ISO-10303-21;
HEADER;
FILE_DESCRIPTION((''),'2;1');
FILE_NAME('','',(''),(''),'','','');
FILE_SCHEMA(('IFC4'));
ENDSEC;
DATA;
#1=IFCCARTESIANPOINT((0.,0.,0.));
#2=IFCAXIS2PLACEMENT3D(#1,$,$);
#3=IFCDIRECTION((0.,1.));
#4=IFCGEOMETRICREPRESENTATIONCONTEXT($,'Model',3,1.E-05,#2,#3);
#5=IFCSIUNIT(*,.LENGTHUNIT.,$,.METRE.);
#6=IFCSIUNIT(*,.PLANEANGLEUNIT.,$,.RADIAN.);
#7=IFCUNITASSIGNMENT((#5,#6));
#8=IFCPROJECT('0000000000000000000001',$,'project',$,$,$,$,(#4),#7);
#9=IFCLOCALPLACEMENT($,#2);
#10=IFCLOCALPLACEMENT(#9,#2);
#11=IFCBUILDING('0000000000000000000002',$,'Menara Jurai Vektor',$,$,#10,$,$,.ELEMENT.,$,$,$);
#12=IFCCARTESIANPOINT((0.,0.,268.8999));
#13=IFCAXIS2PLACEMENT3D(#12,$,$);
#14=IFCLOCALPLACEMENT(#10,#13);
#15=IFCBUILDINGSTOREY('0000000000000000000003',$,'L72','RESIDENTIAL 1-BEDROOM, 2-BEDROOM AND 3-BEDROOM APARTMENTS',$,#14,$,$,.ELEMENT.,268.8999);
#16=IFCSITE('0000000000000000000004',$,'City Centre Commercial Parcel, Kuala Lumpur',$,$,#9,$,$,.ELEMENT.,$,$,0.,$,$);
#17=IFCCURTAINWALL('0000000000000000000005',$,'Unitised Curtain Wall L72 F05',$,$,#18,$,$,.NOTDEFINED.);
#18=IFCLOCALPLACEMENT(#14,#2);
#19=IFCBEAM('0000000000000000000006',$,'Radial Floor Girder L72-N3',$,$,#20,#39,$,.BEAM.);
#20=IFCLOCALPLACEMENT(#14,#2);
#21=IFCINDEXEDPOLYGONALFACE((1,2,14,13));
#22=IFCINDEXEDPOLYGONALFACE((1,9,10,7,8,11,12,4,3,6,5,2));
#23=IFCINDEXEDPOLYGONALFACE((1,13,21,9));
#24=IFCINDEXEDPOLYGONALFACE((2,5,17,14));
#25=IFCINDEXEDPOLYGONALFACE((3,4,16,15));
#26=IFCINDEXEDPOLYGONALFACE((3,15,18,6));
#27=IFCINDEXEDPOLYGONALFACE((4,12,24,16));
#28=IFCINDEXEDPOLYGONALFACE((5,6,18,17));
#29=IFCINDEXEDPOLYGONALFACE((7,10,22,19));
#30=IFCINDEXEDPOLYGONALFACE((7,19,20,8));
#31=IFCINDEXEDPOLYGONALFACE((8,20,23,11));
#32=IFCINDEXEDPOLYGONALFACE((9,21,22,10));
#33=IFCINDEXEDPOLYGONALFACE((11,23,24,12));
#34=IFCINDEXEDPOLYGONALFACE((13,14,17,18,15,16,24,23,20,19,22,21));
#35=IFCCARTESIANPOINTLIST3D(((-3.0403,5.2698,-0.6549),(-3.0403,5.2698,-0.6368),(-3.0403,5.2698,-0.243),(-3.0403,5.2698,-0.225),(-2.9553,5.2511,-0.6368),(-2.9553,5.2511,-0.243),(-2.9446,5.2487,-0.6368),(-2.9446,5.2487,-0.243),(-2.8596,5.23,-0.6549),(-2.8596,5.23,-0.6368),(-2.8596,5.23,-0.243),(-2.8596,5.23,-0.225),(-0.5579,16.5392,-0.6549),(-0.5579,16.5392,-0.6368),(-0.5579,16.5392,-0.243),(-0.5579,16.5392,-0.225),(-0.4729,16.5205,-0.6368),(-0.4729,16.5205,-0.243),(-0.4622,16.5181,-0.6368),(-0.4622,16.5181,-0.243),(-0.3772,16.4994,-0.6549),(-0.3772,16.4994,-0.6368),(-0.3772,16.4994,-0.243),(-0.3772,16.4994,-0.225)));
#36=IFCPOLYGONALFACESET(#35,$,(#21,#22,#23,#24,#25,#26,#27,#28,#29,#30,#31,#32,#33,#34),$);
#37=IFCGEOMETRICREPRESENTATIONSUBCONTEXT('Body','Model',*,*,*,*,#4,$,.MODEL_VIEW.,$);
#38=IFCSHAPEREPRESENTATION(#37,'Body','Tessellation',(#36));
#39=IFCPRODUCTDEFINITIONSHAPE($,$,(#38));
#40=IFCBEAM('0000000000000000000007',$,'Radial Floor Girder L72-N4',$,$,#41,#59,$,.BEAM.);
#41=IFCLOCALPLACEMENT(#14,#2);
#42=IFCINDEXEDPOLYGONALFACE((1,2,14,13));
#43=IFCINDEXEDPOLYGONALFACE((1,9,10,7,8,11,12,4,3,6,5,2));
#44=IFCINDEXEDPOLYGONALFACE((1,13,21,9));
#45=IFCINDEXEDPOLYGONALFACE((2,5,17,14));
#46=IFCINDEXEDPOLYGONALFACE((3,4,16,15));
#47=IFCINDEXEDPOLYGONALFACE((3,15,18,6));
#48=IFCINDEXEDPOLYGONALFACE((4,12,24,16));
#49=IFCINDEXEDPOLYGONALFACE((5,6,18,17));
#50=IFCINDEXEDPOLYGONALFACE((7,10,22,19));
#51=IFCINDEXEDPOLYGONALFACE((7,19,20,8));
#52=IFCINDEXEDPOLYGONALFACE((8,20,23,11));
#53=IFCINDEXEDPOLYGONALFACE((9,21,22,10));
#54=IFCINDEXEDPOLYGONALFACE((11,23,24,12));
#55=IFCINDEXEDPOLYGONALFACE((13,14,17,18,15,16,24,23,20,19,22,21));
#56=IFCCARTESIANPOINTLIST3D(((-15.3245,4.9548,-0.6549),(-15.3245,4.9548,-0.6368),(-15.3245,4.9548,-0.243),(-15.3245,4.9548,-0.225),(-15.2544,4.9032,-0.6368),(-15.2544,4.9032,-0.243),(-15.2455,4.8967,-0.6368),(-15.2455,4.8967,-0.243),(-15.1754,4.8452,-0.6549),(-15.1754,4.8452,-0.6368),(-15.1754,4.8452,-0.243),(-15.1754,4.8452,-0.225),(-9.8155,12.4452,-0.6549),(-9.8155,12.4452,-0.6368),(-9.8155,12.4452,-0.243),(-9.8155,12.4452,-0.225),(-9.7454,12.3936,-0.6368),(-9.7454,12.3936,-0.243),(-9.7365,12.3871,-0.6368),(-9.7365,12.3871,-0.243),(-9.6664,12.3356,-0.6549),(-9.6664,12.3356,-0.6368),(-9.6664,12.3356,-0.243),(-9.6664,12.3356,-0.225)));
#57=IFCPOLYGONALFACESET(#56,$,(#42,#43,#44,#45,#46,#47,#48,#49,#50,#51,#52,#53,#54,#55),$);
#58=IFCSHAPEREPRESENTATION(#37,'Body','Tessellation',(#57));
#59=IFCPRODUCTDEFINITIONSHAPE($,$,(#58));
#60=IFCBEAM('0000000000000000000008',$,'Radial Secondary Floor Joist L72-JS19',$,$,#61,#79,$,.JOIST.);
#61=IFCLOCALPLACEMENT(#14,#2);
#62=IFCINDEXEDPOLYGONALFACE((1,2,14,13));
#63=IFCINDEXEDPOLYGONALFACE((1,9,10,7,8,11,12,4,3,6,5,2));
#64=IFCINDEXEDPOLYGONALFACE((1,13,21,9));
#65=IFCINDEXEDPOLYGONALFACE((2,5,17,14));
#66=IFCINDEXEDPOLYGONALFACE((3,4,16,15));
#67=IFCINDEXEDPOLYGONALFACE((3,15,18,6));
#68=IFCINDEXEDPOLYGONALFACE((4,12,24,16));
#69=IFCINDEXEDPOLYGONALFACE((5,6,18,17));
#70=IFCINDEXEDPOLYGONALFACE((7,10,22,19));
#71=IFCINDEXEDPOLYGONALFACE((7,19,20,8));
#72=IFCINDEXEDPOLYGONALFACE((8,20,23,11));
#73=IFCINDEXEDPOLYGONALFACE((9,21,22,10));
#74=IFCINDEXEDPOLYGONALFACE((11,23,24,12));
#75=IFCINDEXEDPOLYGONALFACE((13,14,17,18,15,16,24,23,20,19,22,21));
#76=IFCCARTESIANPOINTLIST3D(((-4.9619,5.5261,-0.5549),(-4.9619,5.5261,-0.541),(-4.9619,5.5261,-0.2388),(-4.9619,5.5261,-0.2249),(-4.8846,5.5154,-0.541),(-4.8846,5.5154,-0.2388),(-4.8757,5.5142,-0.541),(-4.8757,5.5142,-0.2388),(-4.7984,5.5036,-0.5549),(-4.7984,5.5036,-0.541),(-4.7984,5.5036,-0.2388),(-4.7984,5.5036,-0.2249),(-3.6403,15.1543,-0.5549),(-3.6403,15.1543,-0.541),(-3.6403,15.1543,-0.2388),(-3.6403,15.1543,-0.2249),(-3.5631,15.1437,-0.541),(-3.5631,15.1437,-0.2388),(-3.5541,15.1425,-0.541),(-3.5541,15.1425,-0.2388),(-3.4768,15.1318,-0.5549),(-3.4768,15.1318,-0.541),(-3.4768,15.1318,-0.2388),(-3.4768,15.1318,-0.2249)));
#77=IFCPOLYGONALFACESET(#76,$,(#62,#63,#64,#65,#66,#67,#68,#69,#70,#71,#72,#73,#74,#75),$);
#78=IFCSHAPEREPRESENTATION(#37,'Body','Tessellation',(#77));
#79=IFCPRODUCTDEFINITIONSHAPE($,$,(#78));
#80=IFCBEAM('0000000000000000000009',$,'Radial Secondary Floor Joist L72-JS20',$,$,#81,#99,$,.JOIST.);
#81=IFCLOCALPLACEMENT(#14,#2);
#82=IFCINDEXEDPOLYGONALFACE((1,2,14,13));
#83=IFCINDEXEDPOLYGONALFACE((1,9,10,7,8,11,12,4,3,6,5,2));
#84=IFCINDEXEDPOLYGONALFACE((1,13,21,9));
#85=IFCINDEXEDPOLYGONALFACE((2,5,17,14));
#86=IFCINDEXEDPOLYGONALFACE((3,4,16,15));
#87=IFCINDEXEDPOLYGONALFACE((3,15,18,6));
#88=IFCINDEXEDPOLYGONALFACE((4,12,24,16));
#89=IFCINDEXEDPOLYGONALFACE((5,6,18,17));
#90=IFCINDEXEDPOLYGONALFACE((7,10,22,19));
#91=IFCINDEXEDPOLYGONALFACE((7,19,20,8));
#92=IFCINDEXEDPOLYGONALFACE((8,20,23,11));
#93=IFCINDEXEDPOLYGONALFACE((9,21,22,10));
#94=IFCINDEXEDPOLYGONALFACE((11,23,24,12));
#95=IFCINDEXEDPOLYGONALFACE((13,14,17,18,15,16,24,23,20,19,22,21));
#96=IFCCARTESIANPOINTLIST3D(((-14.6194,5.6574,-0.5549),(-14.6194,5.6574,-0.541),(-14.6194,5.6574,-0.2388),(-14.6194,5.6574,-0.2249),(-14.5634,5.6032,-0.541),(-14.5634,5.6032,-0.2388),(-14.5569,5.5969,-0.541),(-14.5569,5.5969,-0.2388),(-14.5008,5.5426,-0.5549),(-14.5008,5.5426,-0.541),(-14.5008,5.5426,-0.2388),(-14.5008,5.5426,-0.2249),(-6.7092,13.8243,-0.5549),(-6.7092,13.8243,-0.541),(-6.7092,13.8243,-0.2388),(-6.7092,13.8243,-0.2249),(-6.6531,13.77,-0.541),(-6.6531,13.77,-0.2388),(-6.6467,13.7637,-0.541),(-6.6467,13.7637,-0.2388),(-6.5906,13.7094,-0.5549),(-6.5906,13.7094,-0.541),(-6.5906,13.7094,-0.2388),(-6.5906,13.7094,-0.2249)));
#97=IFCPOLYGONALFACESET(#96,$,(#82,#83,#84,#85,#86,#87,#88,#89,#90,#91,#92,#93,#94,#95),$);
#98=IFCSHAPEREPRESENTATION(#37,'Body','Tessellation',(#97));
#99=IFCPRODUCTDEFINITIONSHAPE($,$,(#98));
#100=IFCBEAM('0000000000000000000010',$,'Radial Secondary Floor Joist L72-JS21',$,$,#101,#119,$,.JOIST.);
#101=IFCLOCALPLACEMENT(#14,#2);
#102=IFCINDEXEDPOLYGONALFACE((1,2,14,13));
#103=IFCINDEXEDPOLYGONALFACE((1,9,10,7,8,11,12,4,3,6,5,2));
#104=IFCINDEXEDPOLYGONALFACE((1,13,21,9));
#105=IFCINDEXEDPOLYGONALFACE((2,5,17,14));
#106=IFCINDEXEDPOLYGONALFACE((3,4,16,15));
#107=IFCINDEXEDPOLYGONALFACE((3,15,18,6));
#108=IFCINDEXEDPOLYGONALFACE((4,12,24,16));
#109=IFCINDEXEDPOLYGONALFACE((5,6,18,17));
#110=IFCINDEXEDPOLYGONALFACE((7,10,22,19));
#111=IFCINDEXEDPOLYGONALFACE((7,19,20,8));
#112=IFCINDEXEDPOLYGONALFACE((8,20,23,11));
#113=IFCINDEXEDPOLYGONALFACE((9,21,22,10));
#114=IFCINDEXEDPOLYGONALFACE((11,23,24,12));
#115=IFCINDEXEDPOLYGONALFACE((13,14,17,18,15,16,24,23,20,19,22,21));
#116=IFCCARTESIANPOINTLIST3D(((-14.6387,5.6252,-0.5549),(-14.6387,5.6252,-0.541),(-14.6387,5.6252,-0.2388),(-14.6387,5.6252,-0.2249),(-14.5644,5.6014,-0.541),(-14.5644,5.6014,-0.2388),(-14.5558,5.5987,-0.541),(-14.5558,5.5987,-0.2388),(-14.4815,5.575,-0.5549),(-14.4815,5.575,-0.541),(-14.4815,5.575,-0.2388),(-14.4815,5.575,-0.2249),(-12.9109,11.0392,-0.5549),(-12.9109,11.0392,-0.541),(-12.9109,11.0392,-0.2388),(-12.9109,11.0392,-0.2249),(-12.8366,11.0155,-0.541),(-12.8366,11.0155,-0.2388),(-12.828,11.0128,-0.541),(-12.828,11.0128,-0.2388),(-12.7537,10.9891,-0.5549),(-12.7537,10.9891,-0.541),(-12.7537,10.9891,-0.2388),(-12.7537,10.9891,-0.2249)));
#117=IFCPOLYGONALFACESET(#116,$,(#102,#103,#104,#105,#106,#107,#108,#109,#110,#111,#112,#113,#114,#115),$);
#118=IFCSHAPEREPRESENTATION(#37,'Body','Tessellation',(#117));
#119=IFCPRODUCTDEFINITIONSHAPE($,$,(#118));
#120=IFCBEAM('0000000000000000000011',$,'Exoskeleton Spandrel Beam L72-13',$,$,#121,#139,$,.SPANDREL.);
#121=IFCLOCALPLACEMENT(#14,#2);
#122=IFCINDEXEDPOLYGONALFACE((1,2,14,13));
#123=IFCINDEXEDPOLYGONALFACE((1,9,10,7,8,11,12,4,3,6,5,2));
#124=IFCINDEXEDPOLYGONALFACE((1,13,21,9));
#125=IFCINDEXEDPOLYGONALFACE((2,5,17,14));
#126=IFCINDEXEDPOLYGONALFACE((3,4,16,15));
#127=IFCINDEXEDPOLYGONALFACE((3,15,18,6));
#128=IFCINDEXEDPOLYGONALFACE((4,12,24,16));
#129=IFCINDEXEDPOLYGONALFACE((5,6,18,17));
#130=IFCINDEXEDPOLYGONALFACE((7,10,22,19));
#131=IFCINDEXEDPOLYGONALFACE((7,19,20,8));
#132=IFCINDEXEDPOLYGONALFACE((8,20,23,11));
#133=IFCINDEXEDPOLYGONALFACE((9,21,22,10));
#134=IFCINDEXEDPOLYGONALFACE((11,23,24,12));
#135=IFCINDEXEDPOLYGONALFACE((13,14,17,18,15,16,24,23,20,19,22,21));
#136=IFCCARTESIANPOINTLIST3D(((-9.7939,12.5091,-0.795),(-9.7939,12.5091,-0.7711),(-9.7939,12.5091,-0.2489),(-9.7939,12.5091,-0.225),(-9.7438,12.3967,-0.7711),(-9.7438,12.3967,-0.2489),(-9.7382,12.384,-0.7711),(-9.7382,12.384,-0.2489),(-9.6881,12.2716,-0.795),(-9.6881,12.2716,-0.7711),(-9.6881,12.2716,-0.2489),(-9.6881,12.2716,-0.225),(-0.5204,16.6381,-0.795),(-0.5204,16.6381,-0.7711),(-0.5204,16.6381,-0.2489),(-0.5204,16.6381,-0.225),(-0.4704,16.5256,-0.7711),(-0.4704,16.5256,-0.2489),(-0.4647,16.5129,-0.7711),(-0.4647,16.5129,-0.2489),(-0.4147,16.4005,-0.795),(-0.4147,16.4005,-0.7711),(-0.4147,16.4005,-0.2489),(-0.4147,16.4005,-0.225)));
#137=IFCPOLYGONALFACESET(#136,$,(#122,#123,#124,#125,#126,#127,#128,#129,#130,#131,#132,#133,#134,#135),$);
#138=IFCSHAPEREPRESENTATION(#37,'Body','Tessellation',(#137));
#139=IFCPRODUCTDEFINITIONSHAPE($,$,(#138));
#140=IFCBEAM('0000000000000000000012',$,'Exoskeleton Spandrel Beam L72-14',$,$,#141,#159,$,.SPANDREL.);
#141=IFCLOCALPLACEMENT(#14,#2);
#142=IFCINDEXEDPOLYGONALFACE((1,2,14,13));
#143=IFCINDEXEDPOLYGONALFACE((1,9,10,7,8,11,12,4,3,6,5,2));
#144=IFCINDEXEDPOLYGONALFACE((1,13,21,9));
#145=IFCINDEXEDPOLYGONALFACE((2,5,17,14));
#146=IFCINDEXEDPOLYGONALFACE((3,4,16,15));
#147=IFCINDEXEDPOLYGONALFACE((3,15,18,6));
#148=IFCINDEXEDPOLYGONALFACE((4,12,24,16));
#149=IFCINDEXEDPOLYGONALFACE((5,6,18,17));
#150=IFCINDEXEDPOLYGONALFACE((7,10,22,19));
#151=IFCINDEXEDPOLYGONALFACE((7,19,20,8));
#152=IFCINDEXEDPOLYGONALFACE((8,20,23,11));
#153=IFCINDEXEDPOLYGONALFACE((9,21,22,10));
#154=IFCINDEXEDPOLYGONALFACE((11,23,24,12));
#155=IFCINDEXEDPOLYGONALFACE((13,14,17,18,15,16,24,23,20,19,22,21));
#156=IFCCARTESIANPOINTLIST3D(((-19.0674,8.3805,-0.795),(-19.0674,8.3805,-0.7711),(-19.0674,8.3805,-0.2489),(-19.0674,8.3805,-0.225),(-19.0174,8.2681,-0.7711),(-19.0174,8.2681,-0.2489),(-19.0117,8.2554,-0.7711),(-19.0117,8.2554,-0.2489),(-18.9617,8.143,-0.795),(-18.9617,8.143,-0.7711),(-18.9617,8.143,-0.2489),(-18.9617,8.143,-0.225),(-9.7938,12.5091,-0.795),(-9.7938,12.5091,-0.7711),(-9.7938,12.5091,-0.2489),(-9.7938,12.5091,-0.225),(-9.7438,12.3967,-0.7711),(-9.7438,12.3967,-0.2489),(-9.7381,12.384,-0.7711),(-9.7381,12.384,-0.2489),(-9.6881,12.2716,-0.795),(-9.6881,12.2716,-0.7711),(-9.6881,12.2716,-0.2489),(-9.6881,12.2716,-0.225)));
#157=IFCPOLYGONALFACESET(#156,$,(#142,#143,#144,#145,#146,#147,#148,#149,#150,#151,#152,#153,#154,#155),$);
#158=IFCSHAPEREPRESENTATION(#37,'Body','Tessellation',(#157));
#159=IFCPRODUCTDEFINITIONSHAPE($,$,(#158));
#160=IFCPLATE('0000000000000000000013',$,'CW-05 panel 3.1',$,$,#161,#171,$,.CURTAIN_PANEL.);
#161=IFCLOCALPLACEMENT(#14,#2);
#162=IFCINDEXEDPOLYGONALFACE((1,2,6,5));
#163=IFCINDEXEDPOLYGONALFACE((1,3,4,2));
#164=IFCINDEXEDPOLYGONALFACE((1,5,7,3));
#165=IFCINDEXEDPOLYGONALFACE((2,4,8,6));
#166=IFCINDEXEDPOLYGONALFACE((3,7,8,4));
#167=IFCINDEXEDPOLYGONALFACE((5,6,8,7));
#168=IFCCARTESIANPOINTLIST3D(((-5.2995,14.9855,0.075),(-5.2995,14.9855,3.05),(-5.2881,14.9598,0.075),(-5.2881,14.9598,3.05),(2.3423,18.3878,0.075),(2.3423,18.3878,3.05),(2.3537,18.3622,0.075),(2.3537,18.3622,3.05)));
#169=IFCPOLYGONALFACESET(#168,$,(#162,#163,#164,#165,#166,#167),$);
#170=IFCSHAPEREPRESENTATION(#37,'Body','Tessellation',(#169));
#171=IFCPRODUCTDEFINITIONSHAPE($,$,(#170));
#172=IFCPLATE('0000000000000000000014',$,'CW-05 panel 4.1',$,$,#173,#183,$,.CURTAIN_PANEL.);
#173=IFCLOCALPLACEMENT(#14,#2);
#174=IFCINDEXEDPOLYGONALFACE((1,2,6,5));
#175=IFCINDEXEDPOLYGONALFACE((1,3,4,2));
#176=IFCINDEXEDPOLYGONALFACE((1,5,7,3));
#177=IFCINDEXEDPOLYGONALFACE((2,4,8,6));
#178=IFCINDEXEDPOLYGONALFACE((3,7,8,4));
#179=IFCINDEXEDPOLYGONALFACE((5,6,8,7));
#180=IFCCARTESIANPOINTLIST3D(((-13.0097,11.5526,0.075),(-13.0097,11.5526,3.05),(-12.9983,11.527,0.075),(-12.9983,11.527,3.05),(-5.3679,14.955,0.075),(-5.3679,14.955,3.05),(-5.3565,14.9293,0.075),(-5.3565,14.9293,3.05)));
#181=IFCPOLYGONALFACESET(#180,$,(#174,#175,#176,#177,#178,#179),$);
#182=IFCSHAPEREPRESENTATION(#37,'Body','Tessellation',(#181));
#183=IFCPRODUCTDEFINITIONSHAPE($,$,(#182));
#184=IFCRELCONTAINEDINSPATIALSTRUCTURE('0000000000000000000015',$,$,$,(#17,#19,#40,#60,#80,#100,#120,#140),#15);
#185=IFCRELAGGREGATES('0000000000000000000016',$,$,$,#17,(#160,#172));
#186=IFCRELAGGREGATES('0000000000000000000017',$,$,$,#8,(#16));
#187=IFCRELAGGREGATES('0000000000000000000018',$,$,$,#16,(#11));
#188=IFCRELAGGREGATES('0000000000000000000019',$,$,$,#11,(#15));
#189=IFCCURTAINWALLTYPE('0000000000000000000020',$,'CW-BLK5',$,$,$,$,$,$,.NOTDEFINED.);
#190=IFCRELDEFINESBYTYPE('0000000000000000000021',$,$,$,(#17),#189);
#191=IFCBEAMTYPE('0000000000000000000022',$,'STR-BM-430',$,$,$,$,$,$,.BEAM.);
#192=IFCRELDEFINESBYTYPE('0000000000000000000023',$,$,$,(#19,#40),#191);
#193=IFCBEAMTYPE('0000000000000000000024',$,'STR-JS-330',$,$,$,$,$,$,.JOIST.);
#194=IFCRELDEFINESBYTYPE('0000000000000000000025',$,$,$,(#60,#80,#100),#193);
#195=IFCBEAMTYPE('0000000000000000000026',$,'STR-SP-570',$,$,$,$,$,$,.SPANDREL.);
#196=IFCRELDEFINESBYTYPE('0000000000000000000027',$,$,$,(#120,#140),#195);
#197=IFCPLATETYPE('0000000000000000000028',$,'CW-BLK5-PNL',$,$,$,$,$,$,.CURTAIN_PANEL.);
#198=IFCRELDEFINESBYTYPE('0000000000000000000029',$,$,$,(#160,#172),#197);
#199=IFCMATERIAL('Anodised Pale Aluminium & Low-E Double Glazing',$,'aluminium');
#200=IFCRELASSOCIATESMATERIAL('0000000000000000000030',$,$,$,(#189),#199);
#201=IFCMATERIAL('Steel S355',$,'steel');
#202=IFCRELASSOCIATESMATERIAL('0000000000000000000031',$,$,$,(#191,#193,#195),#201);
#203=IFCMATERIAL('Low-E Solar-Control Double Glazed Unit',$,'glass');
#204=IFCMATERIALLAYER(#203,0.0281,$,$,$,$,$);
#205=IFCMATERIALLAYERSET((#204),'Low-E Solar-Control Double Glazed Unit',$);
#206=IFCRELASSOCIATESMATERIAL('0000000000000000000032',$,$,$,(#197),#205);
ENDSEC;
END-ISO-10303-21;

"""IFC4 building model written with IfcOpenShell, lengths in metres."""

from ifc_helpers import new_model, si_unit, direction, frame, origin, origin_2d, place, context, subcontext, project, spatial, rectangle, i_section, extrude, material, layer, layer_set, material_profile, profile_set, type_object, element, aggregate, save


model = new_model("IFC4")

# Units and contexts
model_context = context("Model", 3, precision=1e-05, world=origin(), true_north=direction((0.0, 1.0)))
body_context = subcontext(model_context, "Body", "Model", "MODEL_VIEW")
ifc_project = project(units=[si_unit("LENGTHUNIT", "METRE"), si_unit("PLANEANGLEUNIT", "RADIAN")], contexts=[model_context])

# Site, building, storey
site_placement = place(None, origin())
site = spatial("IfcSite", under=ifc_project, at=site_placement, Name="City Centre Commercial Parcel, Kuala Lumpur", CompositionType="ELEMENT", RefElevation=0.0)
building_placement = place(site_placement, origin())
building = spatial("IfcBuilding", under=site, at=building_placement, Name="Menara Jurai Vektor", CompositionType="ELEMENT")
storey_placement = place(building_placement, frame((0.0, 0.0, 268.8999)))
storey = spatial("IfcBuildingStorey", under=building, at=storey_placement, Name="L72", Description="RESIDENTIAL 1-BEDROOM, 2-BEDROOM AND 3-BEDROOM APARTMENTS", CompositionType="ELEMENT", Elevation=268.8999)

# Shared definitions
ifc_material_1 = material(Name="Steel S355", Category="steel")

# Curtain wall
ifc_material_2 = material(Name="Anodised Pale Aluminium & Low-E Double Glazing", Category="aluminium")
curtain_wall_type = type_object("IfcCurtainWallType", Name="CW-BLK5", PredefinedType="NOTDEFINED", material=ifc_material_2)
curtain_wall_placement = place(storey_placement, origin())
curtain_wall = element("IfcCurtainWall", 1, at=curtain_wall_placement, inside=storey, type_object=curtain_wall_type, Name="Unitised Curtain Wall L72 F05", PredefinedType="NOTDEFINED")

# Beams
ifc_material_profile_1 = material_profile(ifc_material_1, i_section(OverallWidth=0.1851, OverallDepth=0.4299, WebThickness=0.011, FlangeThickness=0.0181, at=origin_2d()), Name="PG 430x185x76")
ifc_profile_set_1 = profile_set([ifc_material_profile_1], Name="Steel S355")
beam_type_1 = type_object("IfcBeamType", Name="STR-BM-430", PredefinedType="BEAM", material=ifc_profile_set_1)
beam_1_placement = place(storey_placement, frame((-0.4675, 16.5193, -0.4399), z_axis=(-0.215125, -0.976587, 0.0), x_axis=(0.976587, -0.215125, 0.0)))
element("IfcBeam", 2, at=beam_1_placement, inside=storey, type_object=beam_type_1, Name="Radial Floor Girder L72-N3", PredefinedType="BEAM", context=body_context, shape_type="SweptSolid", body=[
    extrude(i_section(OverallWidth=0.1851, OverallDepth=0.4299, WebThickness=0.011, FlangeThickness=0.0181, at=origin_2d()), origin(), (0.0, 0.0, 1.0), 11.5396),
])
beam_2_placement = place(storey_placement, frame((-9.741, 12.3904, -0.4399), z_axis=(-0.592483, -0.805583, 0.0), x_axis=(0.805583, -0.592483, 0.0)))
element("IfcBeam", 3, at=beam_2_placement, inside=storey, type_object=beam_type_1, Name="Radial Floor Girder L72-N4", PredefinedType="BEAM", context=body_context, shape_type="SweptSolid", body=[
    extrude(i_section(OverallWidth=0.1851, OverallDepth=0.4299, WebThickness=0.011, FlangeThickness=0.0181, at=origin_2d()), origin(), (0.0, 0.0, 1.0), 9.2981),
])
ifc_material_profile_2 = material_profile(ifc_material_1, i_section(OverallWidth=0.165, OverallDepth=0.3301, WebThickness=0.009, FlangeThickness=0.0139, at=origin_2d()), Name="PG 330x165x46")
ifc_profile_set_2 = profile_set([ifc_material_profile_2], Name="Steel S355")
beam_type_2 = type_object("IfcBeamType", Name="STR-JS-330", PredefinedType="JOIST", material=ifc_profile_set_2)
beam_3_placement = place(storey_placement, frame((-3.5586, 15.1431, -0.3899), z_axis=(-0.135982, -0.990711, 0.0), x_axis=(0.990711, -0.135982, 0.0)))
element("IfcBeam", 4, at=beam_3_placement, inside=storey, type_object=beam_type_2, Name="Radial Secondary Floor Joist L72-JS19", PredefinedType="JOIST", context=body_context, shape_type="SweptSolid", body=[
    extrude(i_section(OverallWidth=0.165, OverallDepth=0.3301, WebThickness=0.009, FlangeThickness=0.0139, at=origin_2d()), origin(), (0.0, 0.0, 1.0), 9.7185),
])
beam_4_placement = place(storey_placement, frame((-6.6499, 13.7668, -0.3899), z_axis=(-0.695733, -0.718301, 0.0), x_axis=(0.718301, -0.695733, 0.0)))
element("IfcBeam", 5, at=beam_4_placement, inside=storey, type_object=beam_type_2, Name="Radial Secondary Floor Joist L72-JS20", PredefinedType="JOIST", context=body_context, shape_type="SweptSolid", body=[
    extrude(i_section(OverallWidth=0.165, OverallDepth=0.3301, WebThickness=0.009, FlangeThickness=0.0139, at=origin_2d()), origin(), (0.0, 0.0, 1.0), 11.3696),
])
beam_5_placement = place(storey_placement, frame((-12.8323, 11.0142, -0.3899), z_axis=(-0.304023, -0.952665, 0.0), x_axis=(0.952665, -0.304023, 0.0)))
element("IfcBeam", 6, at=beam_5_placement, inside=storey, type_object=beam_type_2, Name="Radial Secondary Floor Joist L72-JS21", PredefinedType="JOIST", context=body_context, shape_type="SweptSolid", body=[
    extrude(i_section(OverallWidth=0.165, OverallDepth=0.3301, WebThickness=0.009, FlangeThickness=0.0139, at=origin_2d()), origin(), (0.0, 0.0, 1.0), 5.6831),
])
ifc_material_profile_3 = material_profile(ifc_material_1, i_section(OverallWidth=0.26, OverallDepth=0.5701, WebThickness=0.0139, FlangeThickness=0.0239, at=origin_2d()), Name="PG 570x260x145")
ifc_profile_set_3 = profile_set([ifc_material_profile_3], Name="Steel S355")
beam_type_3 = type_object("IfcBeamType", Name="STR-SP-570", PredefinedType="SPANDREL", material=ifc_profile_set_3)
for number, where, z_axis, x_axis, name in (
    (7, (-0.4675, 16.5193, -0.51), (-0.913542, -0.406745, 0.0), (0.406745, -0.913542, 0.0), "Exoskeleton Spandrel Beam L72-13"),
    (8, (-9.741, 12.3904, -0.51), (-0.913554, -0.406716, 0.0), (0.406716, -0.913554, 0.0), "Exoskeleton Spandrel Beam L72-14"),
):
    element("IfcBeam", number, at=place(storey_placement, frame(where, z_axis=z_axis, x_axis=x_axis)), inside=storey, type_object=beam_type_3, Name=name, PredefinedType="SPANDREL", context=body_context, shape_type="SweptSolid", body=[
        extrude(i_section(OverallWidth=0.26, OverallDepth=0.5701, WebThickness=0.0139, FlangeThickness=0.0239, at=origin_2d()), origin(), (0.0, 0.0, 1.0), 10.1511),
    ])

# Plates
ifc_material_3 = material(Name="Low-E Solar-Control Double Glazed Unit", Category="glass")
ifc_layer_1 = layer(ifc_material_3, 0.0281)
ifc_layer_set_1 = layer_set([ifc_layer_1], Name="Low-E Solar-Control Double Glazed Unit")
plate_type_1 = type_object("IfcPlateType", Name="CW-BLK5-PNL", PredefinedType="CURTAIN_PANEL", material=ifc_layer_set_1)
plate_1_placement = place(storey_placement, frame((-1.4729, 16.6738, 0.075), z_axis=(0.0, 0.0, 1.0), x_axis=(-0.913546, -0.406735, 0.0)))
plate_1 = element("IfcPlate", 9, at=plate_1_placement, type_object=plate_type_1, Name="CW-05 panel 3.1", PredefinedType="CURTAIN_PANEL", context=body_context, shape_type="SweptSolid", body=[
    extrude(rectangle(XDim=8.365, YDim=0.0281, at=origin_2d()), origin(), (0.0, 0.0, 1.0), 2.9751),
])
plate_2_placement = place(storey_placement, frame((-9.1831, 13.241, 0.075), z_axis=(0.0, 0.0, 1.0), x_axis=(-0.913546, -0.406735, 0.0)))
plate_2 = element("IfcPlate", 10, at=plate_2_placement, type_object=plate_type_1, Name="CW-05 panel 4.1", PredefinedType="CURTAIN_PANEL", context=body_context, shape_type="SweptSolid", body=[
    extrude(rectangle(XDim=8.365, YDim=0.0281, at=origin_2d()), origin(), (0.0, 0.0, 1.0), 2.9751),
])
aggregate(curtain_wall, [plate_1, plate_2])

save(model, "model.ifc")
